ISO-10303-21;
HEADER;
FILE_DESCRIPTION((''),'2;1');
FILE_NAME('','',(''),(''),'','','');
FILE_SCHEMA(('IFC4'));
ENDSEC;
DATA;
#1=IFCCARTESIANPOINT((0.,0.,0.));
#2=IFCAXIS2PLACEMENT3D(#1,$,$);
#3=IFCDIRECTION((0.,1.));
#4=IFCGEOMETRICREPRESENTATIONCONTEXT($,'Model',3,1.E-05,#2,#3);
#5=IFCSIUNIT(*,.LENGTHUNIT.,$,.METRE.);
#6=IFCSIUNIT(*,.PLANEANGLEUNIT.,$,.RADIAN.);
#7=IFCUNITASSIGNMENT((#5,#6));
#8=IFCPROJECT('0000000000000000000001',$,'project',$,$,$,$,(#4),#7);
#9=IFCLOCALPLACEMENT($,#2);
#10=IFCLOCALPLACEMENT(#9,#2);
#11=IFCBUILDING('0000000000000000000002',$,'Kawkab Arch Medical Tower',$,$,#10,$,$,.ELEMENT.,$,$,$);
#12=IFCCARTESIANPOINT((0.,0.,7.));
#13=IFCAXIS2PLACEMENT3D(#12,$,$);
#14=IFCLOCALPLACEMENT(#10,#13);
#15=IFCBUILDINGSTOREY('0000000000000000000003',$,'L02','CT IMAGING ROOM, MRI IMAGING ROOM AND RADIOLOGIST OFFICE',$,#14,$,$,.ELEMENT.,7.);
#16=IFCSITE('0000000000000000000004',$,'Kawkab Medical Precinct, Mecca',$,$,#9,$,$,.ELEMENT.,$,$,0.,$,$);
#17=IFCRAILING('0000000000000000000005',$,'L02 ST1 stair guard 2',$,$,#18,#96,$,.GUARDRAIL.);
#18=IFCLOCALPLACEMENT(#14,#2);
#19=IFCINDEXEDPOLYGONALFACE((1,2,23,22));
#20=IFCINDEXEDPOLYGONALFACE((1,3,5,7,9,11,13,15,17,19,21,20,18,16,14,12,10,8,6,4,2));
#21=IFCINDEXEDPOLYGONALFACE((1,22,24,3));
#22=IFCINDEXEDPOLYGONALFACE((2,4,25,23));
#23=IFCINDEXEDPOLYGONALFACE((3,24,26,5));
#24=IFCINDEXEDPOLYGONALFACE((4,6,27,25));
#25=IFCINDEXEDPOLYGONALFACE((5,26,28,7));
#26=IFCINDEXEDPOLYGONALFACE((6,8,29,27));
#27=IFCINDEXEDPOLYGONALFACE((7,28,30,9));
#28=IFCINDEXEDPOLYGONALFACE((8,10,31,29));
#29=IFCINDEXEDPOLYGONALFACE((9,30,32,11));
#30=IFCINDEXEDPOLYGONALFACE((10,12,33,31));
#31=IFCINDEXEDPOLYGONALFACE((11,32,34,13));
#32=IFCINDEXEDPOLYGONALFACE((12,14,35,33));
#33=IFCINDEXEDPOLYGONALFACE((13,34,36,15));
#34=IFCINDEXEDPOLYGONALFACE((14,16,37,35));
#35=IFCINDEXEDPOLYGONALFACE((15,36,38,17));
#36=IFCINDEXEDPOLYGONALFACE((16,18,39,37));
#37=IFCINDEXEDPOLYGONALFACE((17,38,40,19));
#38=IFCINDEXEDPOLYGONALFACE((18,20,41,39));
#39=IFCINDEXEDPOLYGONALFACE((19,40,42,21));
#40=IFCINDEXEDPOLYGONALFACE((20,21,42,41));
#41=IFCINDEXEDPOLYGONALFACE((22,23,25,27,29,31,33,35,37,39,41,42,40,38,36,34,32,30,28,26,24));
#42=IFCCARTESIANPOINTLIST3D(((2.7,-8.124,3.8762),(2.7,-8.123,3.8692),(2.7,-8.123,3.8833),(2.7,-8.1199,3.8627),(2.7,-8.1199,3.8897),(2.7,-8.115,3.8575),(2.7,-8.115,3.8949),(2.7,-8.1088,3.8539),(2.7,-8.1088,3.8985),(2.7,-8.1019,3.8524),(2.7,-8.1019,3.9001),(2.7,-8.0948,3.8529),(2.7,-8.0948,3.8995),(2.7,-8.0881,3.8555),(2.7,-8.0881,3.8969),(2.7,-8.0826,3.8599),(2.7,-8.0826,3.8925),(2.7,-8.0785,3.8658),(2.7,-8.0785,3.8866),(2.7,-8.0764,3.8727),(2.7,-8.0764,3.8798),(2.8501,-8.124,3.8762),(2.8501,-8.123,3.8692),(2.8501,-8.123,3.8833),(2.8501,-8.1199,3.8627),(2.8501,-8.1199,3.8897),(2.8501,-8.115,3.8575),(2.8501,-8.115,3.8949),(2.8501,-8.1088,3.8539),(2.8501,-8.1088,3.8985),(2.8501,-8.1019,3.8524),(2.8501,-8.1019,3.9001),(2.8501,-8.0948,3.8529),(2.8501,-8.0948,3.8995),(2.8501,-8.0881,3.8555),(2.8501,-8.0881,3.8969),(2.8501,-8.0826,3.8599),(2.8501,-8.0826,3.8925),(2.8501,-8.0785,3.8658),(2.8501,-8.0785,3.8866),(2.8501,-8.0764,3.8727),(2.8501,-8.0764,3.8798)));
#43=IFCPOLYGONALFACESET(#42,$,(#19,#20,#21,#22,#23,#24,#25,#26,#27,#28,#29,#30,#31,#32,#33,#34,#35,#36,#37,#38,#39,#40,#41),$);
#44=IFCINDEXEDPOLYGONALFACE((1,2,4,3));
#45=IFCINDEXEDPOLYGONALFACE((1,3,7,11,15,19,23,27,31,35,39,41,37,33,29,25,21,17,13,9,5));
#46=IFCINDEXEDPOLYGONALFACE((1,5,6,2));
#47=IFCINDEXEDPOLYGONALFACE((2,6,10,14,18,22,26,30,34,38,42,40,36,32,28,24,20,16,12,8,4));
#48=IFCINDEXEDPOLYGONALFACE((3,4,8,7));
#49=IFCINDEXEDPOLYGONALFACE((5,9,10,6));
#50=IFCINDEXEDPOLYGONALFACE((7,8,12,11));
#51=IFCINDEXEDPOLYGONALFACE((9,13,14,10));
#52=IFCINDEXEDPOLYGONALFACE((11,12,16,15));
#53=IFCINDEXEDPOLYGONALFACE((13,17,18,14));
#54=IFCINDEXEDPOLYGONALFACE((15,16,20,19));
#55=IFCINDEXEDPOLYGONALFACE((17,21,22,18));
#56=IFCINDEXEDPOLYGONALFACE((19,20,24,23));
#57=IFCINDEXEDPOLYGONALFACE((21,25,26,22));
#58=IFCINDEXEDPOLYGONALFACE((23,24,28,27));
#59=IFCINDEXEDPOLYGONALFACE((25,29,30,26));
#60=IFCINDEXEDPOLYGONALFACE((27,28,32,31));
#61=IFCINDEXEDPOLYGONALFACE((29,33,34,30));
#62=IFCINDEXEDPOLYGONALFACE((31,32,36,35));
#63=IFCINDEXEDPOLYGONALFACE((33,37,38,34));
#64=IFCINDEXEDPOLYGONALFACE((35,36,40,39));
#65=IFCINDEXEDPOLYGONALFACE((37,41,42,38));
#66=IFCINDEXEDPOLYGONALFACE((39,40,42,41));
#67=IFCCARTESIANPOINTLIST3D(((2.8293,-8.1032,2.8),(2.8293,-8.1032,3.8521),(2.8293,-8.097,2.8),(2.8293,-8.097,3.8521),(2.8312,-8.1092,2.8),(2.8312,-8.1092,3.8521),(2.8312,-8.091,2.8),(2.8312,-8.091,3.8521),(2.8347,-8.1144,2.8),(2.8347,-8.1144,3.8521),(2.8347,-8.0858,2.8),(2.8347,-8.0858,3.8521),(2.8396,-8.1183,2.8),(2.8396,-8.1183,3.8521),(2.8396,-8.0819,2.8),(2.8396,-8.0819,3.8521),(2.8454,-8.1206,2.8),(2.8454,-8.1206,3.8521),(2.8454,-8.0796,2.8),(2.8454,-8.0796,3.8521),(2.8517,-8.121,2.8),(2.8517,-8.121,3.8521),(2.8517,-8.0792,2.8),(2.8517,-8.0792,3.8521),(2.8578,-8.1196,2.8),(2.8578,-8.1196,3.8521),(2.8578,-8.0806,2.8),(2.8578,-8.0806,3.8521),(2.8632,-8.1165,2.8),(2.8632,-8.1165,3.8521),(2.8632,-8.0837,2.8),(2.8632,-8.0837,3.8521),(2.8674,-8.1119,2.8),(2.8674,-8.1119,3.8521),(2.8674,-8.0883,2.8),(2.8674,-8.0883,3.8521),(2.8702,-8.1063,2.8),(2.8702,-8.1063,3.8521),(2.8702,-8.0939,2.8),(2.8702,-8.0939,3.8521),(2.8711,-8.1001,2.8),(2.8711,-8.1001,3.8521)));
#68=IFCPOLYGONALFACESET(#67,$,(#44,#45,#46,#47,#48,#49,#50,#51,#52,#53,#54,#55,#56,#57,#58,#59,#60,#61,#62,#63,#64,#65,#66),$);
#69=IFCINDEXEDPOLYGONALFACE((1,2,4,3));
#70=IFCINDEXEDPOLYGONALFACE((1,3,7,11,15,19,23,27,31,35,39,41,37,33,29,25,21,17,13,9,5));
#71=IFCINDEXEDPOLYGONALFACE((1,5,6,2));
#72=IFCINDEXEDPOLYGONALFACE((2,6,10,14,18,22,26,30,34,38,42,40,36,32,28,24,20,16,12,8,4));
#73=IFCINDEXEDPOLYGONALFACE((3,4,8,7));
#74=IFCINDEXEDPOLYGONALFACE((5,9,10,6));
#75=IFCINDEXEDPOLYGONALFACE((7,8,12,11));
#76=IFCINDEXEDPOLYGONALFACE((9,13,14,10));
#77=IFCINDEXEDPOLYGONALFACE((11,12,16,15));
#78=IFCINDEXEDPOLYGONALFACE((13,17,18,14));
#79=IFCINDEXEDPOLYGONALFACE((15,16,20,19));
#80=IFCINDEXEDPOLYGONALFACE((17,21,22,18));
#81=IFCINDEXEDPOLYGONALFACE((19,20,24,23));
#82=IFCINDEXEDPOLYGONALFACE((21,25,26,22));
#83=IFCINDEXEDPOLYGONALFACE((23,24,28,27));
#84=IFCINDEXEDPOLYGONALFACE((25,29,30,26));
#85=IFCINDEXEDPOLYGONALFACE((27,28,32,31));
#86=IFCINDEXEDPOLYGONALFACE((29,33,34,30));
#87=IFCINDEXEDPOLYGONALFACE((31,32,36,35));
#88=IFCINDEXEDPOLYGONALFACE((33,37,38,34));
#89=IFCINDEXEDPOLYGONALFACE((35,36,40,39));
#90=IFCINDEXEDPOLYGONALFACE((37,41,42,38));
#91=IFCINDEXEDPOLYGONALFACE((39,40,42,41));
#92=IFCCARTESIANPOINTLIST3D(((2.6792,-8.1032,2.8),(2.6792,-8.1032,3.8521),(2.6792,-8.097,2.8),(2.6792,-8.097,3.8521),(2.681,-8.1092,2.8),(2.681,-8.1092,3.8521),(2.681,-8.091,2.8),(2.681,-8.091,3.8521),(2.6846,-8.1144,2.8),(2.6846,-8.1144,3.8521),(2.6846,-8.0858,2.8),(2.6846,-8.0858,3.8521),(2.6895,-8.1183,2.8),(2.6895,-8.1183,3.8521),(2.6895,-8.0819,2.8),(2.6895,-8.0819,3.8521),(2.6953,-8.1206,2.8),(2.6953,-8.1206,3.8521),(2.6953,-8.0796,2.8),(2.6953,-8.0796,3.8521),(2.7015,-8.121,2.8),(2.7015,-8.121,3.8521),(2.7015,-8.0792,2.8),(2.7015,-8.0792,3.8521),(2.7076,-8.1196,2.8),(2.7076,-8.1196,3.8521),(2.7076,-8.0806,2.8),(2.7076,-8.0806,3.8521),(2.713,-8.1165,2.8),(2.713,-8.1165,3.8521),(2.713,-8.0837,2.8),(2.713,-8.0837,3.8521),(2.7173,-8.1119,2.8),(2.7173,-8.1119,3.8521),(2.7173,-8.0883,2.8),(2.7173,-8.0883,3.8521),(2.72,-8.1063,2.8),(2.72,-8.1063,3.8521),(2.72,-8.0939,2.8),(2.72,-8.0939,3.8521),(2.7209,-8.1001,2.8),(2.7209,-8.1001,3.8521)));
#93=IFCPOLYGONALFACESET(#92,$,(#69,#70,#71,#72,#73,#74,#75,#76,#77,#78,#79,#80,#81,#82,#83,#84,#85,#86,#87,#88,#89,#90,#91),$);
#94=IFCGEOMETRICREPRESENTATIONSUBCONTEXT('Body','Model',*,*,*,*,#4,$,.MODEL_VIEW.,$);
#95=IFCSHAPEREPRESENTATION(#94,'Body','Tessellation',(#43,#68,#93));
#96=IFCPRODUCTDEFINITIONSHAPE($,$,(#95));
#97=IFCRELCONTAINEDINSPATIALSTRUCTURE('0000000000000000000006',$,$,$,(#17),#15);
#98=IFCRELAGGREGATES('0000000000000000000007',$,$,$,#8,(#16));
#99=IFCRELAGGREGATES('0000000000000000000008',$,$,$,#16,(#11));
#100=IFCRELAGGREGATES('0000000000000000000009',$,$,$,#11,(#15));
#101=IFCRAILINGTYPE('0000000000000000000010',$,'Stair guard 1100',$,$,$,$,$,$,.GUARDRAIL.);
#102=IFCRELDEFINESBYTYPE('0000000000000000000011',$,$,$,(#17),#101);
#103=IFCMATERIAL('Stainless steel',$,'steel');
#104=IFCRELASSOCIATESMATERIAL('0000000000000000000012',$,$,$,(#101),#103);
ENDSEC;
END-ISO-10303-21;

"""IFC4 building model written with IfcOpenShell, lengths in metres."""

from ifc_helpers import new_model, si_unit, direction, frame, origin, origin_2d, place, context, subcontext, project, spatial, circle, extrude, material, type_object, element, save


model = new_model("IFC4")

# Units and contexts
model_context = context("Model", 3, precision=1e-05, world=origin(), true_north=direction((0.0, 1.0)))
body_context = subcontext(model_context, "Body", "Model", "MODEL_VIEW")
ifc_project = project(units=[si_unit("LENGTHUNIT", "METRE"), si_unit("PLANEANGLEUNIT", "RADIAN")], contexts=[model_context])

# Site, building, storey
site_placement = place(None, origin())
site = spatial("IfcSite", under=ifc_project, at=site_placement, Name="Kawkab Medical Precinct, Mecca", CompositionType="ELEMENT", RefElevation=0.0)
building_placement = place(site_placement, origin())
building = spatial("IfcBuilding", under=site, at=building_placement, Name="Kawkab Arch Medical Tower", CompositionType="ELEMENT")
storey_placement = place(building_placement, frame((0.0, 0.0, 7.0)))
storey = spatial("IfcBuildingStorey", under=building, at=storey_placement, Name="L02", Description="CT IMAGING ROOM, MRI IMAGING ROOM AND RADIOLOGIST OFFICE", CompositionType="ELEMENT", Elevation=7.0)

# Railing
ifc_material_1 = material(Name="Stainless steel", Category="steel")
railing_type = type_object("IfcRailingType", Name="Stair guard 1100", PredefinedType="GUARDRAIL", material=ifc_material_1)
railing_1_placement = place(storey_placement, frame((2.8501, -8.1001, 2.8)))
element("IfcRailing", 1, at=railing_1_placement, inside=storey, type_object=railing_type, Name="L02 ST1 stair guard 2", PredefinedType="GUARDRAIL", context=body_context, shape_type="SweptSolid", body=[
    extrude(circle(Radius=0.0239, at=origin_2d()), frame((0.0, 0.0, 1.0762), z_axis=(-1.0, 0.0, 0.0), x_axis=(0.0, -1.0, 0.0)), (0.0, 0.0, 1.0), 0.1501),
    extrude(circle(Radius=0.021, at=origin_2d()), origin(), (0.0, 0.0, 1.0), 1.052),
    extrude(circle(Radius=0.021, at=origin_2d()), frame((-0.1501, 0.0, 0.0)), (0.0, 0.0, 1.0), 1.052),
])

save(model, "model.ifc")
